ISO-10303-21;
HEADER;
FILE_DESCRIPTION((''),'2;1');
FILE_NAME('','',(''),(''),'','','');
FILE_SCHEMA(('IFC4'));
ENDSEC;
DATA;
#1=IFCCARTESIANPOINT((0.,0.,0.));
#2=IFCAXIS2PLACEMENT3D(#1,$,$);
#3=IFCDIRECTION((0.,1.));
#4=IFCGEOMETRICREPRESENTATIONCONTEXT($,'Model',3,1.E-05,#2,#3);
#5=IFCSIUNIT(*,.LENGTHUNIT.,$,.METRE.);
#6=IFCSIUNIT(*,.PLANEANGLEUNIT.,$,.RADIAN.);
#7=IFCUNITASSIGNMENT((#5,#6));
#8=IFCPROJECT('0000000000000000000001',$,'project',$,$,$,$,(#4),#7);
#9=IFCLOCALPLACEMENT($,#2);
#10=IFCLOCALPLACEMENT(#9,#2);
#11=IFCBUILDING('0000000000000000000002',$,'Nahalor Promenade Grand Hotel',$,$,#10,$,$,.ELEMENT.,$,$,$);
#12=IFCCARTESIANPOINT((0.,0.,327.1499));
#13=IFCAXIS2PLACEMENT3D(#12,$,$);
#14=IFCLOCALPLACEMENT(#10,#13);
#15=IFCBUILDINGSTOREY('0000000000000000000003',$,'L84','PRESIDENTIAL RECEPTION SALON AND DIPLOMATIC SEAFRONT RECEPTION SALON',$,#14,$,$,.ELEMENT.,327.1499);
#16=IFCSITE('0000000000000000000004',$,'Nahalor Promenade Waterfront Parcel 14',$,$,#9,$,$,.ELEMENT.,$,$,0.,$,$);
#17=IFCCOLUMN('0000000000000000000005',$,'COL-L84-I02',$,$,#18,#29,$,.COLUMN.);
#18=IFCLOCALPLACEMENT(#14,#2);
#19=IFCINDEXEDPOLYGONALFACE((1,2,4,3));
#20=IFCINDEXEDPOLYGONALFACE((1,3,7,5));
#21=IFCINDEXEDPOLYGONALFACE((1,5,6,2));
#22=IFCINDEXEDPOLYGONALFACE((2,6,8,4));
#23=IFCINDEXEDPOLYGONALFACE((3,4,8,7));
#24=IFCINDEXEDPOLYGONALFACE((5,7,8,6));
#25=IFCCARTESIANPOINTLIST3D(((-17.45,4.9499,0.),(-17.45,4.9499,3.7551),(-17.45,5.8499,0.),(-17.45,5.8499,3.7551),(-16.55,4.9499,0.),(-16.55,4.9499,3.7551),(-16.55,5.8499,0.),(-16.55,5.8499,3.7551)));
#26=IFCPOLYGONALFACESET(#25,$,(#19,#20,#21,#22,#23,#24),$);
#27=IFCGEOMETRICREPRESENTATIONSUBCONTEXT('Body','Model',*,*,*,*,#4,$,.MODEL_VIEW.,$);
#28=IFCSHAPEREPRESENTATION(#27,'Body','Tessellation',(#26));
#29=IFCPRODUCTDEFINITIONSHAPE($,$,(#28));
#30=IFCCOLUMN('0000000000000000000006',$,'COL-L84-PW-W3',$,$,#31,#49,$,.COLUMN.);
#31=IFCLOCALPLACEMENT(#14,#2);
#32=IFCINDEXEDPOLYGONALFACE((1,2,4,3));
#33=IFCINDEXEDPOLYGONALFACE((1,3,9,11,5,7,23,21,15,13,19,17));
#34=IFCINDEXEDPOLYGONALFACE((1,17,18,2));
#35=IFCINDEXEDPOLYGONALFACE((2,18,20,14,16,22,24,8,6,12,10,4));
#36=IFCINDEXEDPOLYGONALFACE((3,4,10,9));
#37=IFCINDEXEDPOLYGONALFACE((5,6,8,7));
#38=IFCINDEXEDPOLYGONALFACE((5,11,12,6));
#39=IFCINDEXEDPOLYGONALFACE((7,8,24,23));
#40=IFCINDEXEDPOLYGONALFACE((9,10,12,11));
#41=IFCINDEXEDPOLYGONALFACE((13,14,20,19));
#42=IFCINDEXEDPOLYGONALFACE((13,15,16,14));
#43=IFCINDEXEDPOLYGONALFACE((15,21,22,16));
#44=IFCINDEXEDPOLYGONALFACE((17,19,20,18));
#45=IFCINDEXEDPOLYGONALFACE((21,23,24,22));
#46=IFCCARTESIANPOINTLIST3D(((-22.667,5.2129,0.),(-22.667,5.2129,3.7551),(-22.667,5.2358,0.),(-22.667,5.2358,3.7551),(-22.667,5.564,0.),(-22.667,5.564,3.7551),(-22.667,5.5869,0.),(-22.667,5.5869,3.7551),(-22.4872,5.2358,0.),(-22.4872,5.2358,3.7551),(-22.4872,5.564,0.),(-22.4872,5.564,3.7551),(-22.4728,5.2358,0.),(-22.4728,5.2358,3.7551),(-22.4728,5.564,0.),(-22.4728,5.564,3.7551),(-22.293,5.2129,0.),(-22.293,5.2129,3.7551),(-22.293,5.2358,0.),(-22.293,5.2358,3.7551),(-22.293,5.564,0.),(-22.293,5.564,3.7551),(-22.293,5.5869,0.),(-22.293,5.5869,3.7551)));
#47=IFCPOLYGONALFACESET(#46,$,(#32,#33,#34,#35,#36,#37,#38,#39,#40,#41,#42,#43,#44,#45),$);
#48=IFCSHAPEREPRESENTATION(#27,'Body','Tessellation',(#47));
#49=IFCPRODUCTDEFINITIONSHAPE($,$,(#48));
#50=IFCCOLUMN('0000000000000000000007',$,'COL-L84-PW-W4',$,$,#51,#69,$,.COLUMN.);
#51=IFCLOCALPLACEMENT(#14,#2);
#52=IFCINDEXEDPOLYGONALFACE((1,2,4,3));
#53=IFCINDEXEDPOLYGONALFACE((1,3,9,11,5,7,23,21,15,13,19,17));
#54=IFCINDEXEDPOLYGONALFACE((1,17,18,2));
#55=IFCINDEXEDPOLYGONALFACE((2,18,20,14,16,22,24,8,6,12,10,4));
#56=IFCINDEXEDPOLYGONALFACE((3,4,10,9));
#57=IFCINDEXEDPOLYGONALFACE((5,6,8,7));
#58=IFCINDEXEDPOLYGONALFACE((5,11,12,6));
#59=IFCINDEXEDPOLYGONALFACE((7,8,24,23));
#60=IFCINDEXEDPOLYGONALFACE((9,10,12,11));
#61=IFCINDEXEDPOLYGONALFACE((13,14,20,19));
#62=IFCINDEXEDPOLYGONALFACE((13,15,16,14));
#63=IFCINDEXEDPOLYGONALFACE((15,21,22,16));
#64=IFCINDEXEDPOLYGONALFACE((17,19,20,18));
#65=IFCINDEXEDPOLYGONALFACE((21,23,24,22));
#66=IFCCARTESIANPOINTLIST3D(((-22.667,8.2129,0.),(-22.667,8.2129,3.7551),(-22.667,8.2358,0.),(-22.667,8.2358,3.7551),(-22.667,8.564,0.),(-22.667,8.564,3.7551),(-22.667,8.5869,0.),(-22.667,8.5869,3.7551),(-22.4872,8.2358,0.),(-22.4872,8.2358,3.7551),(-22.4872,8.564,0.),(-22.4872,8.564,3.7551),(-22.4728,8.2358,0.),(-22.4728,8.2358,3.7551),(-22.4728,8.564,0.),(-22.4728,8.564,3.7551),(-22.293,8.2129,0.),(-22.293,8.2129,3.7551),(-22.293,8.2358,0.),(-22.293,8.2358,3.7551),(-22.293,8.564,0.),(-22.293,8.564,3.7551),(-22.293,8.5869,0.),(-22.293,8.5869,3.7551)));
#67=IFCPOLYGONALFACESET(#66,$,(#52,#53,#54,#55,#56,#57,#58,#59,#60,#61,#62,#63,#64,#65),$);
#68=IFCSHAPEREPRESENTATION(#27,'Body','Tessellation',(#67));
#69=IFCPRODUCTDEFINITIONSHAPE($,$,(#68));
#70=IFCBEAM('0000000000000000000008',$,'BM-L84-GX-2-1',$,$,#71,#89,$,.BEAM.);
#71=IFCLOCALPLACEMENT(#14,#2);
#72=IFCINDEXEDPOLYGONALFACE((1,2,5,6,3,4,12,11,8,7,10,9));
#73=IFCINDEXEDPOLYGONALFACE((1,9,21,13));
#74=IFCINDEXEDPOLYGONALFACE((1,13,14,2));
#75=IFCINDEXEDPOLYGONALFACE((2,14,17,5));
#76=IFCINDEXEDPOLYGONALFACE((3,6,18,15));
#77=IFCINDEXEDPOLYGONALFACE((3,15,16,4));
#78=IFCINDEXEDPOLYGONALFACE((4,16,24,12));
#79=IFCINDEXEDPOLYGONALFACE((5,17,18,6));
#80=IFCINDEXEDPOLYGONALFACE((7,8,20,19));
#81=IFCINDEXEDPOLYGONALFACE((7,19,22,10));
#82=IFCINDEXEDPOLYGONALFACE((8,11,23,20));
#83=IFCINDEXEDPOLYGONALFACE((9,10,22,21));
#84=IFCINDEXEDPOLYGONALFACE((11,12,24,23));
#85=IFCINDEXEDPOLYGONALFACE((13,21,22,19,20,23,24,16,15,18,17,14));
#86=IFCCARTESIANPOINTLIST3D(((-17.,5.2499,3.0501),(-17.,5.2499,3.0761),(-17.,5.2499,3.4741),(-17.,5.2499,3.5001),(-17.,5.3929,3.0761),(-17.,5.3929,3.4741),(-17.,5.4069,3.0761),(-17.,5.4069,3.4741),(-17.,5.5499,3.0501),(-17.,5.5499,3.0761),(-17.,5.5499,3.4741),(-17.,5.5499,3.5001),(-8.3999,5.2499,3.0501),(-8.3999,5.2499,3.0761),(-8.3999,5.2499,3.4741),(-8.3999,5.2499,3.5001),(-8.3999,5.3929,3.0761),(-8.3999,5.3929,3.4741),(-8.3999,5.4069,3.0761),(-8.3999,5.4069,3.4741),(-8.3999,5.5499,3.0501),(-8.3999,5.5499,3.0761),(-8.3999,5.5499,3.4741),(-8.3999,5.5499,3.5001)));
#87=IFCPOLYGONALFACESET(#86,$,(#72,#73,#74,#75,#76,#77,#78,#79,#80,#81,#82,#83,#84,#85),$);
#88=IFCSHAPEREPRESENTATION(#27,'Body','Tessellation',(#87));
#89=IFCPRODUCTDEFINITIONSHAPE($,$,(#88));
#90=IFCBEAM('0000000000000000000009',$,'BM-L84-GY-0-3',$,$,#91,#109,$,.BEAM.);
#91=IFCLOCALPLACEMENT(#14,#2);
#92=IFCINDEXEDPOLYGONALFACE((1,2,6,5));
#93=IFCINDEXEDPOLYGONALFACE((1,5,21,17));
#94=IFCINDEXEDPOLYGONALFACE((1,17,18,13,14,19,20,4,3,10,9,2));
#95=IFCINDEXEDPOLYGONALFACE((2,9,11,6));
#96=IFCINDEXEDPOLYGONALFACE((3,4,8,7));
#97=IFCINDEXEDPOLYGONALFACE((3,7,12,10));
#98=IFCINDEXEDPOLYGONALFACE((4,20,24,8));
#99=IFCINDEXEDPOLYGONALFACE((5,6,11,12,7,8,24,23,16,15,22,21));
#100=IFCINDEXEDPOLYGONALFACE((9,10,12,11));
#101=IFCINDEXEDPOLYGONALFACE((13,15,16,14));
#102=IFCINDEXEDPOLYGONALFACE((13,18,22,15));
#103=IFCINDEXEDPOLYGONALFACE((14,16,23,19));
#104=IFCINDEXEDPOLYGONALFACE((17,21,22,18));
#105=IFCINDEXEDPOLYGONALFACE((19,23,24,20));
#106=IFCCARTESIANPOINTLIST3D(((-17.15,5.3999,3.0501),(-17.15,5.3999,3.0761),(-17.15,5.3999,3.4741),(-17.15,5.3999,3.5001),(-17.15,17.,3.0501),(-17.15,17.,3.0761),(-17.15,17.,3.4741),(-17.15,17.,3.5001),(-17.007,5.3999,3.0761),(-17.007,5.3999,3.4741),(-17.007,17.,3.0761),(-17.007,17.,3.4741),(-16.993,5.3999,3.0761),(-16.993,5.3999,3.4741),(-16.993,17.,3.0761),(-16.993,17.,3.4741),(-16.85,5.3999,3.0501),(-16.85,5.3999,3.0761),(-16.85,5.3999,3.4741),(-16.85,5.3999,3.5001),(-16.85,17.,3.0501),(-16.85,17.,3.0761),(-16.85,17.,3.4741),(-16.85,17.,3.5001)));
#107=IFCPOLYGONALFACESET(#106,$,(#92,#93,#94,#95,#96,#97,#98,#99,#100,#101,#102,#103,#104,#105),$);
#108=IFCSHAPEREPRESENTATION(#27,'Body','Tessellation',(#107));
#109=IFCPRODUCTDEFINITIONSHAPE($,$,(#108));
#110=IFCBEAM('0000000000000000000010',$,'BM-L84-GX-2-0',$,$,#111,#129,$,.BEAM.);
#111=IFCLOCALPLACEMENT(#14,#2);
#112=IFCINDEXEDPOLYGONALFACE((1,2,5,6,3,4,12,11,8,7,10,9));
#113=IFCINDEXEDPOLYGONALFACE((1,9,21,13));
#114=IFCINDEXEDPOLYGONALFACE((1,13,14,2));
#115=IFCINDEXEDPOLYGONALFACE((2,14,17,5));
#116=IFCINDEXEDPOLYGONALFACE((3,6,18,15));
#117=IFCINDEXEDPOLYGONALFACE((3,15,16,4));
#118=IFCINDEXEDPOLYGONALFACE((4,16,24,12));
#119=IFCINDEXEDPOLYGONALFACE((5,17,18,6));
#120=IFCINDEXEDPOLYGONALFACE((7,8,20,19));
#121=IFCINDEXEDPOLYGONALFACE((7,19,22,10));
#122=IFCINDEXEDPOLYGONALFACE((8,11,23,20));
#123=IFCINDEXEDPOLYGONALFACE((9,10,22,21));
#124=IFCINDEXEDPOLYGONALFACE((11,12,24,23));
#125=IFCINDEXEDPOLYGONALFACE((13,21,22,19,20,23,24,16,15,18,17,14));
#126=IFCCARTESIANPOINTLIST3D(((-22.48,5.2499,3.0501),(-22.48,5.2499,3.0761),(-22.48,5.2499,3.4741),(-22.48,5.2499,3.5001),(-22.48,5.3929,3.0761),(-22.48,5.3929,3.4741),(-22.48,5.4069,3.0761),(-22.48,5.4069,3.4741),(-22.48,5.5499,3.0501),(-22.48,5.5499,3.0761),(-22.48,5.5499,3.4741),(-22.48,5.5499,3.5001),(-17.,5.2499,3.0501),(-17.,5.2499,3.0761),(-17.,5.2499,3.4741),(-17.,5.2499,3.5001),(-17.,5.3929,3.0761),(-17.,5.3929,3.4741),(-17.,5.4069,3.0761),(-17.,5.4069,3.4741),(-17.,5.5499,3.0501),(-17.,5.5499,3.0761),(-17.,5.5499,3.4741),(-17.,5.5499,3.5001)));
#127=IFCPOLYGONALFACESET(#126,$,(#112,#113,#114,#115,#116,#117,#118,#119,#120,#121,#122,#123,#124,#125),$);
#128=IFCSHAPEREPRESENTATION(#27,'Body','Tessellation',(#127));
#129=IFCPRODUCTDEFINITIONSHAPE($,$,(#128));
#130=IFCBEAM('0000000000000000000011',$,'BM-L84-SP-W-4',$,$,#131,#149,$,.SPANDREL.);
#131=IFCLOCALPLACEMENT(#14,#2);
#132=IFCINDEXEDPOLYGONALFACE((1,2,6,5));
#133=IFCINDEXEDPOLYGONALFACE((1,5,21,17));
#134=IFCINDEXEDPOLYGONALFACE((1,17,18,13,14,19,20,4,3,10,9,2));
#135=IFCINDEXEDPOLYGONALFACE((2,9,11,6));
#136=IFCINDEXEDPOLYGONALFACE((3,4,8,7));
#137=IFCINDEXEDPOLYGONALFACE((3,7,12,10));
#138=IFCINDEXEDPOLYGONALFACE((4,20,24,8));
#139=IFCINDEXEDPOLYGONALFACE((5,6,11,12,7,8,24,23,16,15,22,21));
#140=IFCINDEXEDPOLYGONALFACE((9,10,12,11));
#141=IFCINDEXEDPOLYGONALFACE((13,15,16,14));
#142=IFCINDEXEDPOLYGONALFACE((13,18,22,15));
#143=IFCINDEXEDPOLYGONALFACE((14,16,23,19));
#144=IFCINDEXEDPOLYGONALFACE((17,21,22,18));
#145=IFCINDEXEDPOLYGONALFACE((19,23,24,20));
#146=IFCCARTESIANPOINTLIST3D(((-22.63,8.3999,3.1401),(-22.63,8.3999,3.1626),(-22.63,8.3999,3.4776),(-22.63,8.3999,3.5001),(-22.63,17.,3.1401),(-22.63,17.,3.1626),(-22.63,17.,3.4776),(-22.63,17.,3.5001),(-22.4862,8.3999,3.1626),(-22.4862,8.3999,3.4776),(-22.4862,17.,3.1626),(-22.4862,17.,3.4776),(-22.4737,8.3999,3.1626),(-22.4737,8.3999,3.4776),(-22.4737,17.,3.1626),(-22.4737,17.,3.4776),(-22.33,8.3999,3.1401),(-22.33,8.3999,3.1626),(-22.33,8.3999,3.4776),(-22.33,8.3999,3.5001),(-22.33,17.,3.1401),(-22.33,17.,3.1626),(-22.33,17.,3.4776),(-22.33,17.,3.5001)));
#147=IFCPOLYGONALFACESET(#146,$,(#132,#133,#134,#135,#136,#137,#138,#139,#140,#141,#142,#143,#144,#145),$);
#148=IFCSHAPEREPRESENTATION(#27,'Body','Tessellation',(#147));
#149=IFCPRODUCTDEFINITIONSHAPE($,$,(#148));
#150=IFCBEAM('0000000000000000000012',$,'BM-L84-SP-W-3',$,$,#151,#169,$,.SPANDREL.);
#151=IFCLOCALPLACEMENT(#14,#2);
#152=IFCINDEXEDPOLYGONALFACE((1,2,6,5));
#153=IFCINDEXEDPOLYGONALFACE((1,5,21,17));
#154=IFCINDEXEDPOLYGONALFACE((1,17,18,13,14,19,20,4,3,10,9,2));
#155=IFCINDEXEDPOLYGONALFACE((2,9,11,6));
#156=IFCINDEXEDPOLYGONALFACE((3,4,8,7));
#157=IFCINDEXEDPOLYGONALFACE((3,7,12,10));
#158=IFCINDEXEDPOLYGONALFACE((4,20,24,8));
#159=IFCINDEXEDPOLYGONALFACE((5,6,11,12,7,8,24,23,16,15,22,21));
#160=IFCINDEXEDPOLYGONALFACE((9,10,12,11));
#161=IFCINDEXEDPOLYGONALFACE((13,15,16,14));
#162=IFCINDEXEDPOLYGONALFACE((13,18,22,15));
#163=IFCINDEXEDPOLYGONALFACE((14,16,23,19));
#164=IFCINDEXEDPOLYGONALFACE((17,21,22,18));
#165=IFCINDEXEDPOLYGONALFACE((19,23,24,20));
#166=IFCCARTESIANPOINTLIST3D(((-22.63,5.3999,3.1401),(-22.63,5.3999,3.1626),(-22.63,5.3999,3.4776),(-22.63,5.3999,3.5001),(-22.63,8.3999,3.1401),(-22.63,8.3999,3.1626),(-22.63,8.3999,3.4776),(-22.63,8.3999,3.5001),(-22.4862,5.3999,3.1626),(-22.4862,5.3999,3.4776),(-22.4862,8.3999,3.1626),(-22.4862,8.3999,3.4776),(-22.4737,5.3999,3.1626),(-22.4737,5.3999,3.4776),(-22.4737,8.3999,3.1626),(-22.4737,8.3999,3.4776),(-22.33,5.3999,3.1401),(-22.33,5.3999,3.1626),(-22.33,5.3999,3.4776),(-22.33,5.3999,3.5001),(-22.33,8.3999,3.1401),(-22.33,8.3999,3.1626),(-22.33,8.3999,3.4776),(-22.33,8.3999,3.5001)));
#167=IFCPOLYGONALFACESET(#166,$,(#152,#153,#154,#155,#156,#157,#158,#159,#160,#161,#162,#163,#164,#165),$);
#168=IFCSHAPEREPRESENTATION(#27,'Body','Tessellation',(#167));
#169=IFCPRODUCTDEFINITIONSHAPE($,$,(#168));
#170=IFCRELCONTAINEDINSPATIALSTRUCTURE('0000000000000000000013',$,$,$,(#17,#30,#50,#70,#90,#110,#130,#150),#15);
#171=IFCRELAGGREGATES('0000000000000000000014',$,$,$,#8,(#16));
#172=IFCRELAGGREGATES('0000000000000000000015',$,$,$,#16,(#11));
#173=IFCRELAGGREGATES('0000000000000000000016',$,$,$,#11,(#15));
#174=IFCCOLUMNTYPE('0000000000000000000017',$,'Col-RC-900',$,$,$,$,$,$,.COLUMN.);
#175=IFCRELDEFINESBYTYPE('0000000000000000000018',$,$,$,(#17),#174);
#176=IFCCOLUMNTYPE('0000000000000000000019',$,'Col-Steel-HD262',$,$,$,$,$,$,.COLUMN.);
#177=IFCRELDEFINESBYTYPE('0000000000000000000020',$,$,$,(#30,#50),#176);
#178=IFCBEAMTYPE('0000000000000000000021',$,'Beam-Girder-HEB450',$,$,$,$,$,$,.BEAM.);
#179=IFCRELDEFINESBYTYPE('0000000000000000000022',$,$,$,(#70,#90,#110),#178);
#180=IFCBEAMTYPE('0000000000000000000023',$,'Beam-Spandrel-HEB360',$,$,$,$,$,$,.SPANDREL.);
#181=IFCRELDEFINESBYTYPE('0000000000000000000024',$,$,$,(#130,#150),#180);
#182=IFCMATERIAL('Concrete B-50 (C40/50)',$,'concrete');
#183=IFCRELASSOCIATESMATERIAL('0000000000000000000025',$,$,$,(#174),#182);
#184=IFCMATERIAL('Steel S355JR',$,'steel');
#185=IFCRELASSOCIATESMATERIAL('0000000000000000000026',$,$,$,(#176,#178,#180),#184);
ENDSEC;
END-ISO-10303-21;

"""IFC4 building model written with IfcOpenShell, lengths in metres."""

from ifc_helpers import new_model, si_unit, direction, frame, origin, origin_2d, place, context, subcontext, project, spatial, rectangle, i_section, extrude, source, transform, mapped, material, material_profile, profile_set, type_object, element, save


model = new_model("IFC4")

# Units and contexts
model_context = context("Model", 3, precision=1e-05, world=origin(), true_north=direction((0.0, 1.0)))
body_context = subcontext(model_context, "Body", "Model", "MODEL_VIEW")
ifc_project = project(units=[si_unit("LENGTHUNIT", "METRE"), si_unit("PLANEANGLEUNIT", "RADIAN")], contexts=[model_context])

# Site, building, storey
site_placement = place(None, origin())
site = spatial("IfcSite", under=ifc_project, at=site_placement, Name="Nahalor Promenade Waterfront Parcel 14", CompositionType="ELEMENT", RefElevation=0.0)
building_placement = place(site_placement, origin())
building = spatial("IfcBuilding", under=site, at=building_placement, Name="Nahalor Promenade Grand Hotel", CompositionType="ELEMENT")
storey_placement = place(building_placement, frame((0.0, 0.0, 327.1499)))
storey = spatial("IfcBuildingStorey", under=building, at=storey_placement, Name="L84", Description="PRESIDENTIAL RECEPTION SALON AND DIPLOMATIC SEAFRONT RECEPTION SALON", CompositionType="ELEMENT", Elevation=327.1499)

# Columns
ifc_material_1 = material(Name="Concrete B-50 (C40/50)", Category="concrete")
ifc_material_profile_1 = material_profile(ifc_material_1, rectangle(XDim=0.9, YDim=0.9, at=origin_2d()), Name="RC 900x900")
ifc_profile_set_1 = profile_set([ifc_material_profile_1], Name="Concrete B-50 (C40/50)")
column_type_1 = type_object("IfcColumnType", Name="Col-RC-900", PredefinedType="COLUMN", material=ifc_profile_set_1)
shared_shape_1 = source(origin(), body_context, "Body", "SweptSolid", [
    extrude(rectangle(XDim=0.9, YDim=0.9, at=origin_2d()), origin(), (0.0, 0.0, 1.0), 3.7551),
])
column_placement = place(storey_placement, frame((-17.0, 5.3999, 0.0), z_axis=(0.0, 0.0, 1.0), x_axis=(1.0, 0.0, 0.0)))
element("IfcColumn", 1, at=column_placement, inside=storey, type_object=column_type_1, Name="COL-L84-I02", PredefinedType="COLUMN", context=body_context, shape_type="MappedRepresentation", body=[
    mapped(shared_shape_1, transform((0.0, 0.0, 0.0), scale=1.0)),
])
ifc_material_2 = material(Name="Steel S355JR", Category="steel")
ifc_material_profile_2 = material_profile(ifc_material_2, i_section(OverallWidth=0.374, OverallDepth=0.374, WebThickness=0.0144, FlangeThickness=0.0229, at=origin_2d()), Name="HD 360x262")
ifc_profile_set_2 = profile_set([ifc_material_profile_2], Name="Steel S355JR")
column_type_2 = type_object("IfcColumnType", Name="Col-Steel-HD262", PredefinedType="COLUMN", material=ifc_profile_set_2)
shared_shape_2 = source(origin(), body_context, "Body", "SweptSolid", [
    extrude(i_section(OverallWidth=0.374, OverallDepth=0.374, WebThickness=0.0144, FlangeThickness=0.0229, at=origin_2d()), origin(), (0.0, 0.0, 1.0), 3.7551),
])
for number, where, z_axis, x_axis, name in (
    (2, (-22.48, 5.3999, 0.0), (0.0, 0.0, 1.0), (1.0, 0.0, 0.0), "COL-L84-PW-W3"),
    (3, (-22.48, 8.3999, 0.0), (0.0, 0.0, 1.0), (1.0, 0.0, 0.0), "COL-L84-PW-W4"),
):
    element("IfcColumn", number, at=place(storey_placement, frame(where, z_axis=z_axis, x_axis=x_axis)), inside=storey, type_object=column_type_2, Name=name, PredefinedType="COLUMN", context=body_context, shape_type="MappedRepresentation", body=[
        mapped(shared_shape_2, transform((0.0, 0.0, 0.0), scale=1.0)),
    ])

# Beams
ifc_material_profile_3 = material_profile(ifc_material_2, i_section(OverallWidth=0.3, OverallDepth=0.45, WebThickness=0.014, FlangeThickness=0.026, at=origin_2d()), Name="HEB 450")
ifc_profile_set_3 = profile_set([ifc_material_profile_3], Name="Steel S355JR")
beam_type_1 = type_object("IfcBeamType", Name="Beam-Girder-HEB450", PredefinedType="BEAM", material=ifc_profile_set_3)
shared_shape_3 = source(origin(), body_context, "Body", "SweptSolid", [
    extrude(i_section(OverallWidth=0.3, OverallDepth=0.45, WebThickness=0.014, FlangeThickness=0.026, at=origin_2d()), origin(), (0.0, 0.0, 1.0), 8.6001),
])
beam_1_placement = place(storey_placement, frame((-17.0, 5.3999, 3.2751), z_axis=(1.0, 0.0, 0.0), x_axis=(0.0, 1.0, 0.0)))
element("IfcBeam", 4, at=beam_1_placement, inside=storey, type_object=beam_type_1, Name="BM-L84-GX-2-1", PredefinedType="BEAM", context=body_context, shape_type="MappedRepresentation", body=[
    mapped(shared_shape_3, transform((0.0, 0.0, 0.0), scale=1.0)),
])
shared_shape_4 = source(origin(), body_context, "Body", "SweptSolid", [
    extrude(i_section(OverallWidth=0.3, OverallDepth=0.45, WebThickness=0.014, FlangeThickness=0.026, at=origin_2d()), origin(), (0.0, 0.0, 1.0), 11.6001),
])
beam_2_placement = place(storey_placement, frame((-17.0, 5.3999, 3.2751), z_axis=(0.0, 1.0, 0.0), x_axis=(-1.0, 0.0, 0.0)))
element("IfcBeam", 5, at=beam_2_placement, inside=storey, type_object=beam_type_1, Name="BM-L84-GY-0-3", PredefinedType="BEAM", context=body_context, shape_type="MappedRepresentation", body=[
    mapped(shared_shape_4, transform((0.0, 0.0, 0.0), scale=1.0)),
])
shared_shape_5 = source(origin(), body_context, "Body", "SweptSolid", [
    extrude(i_section(OverallWidth=0.3, OverallDepth=0.45, WebThickness=0.014, FlangeThickness=0.026, at=origin_2d()), origin(), (0.0, 0.0, 1.0), 5.48),
])
beam_3_placement = place(storey_placement, frame((-22.48, 5.3999, 3.2751), z_axis=(1.0, 0.0, 0.0), x_axis=(0.0, 1.0, 0.0)))
element("IfcBeam", 6, at=beam_3_placement, inside=storey, type_object=beam_type_1, Name="BM-L84-GX-2-0", PredefinedType="BEAM", context=body_context, shape_type="MappedRepresentation", body=[
    mapped(shared_shape_5, transform((0.0, 0.0, 0.0), scale=1.0)),
])
ifc_material_profile_4 = material_profile(ifc_material_2, i_section(OverallWidth=0.3, OverallDepth=0.36, WebThickness=0.0125, FlangeThickness=0.0225, at=origin_2d()), Name="HEB 360")
ifc_profile_set_4 = profile_set([ifc_material_profile_4], Name="Steel S355JR")
beam_type_2 = type_object("IfcBeamType", Name="Beam-Spandrel-HEB360", PredefinedType="SPANDREL", material=ifc_profile_set_4)
shared_shape_6 = source(origin(), body_context, "Body", "SweptSolid", [
    extrude(i_section(OverallWidth=0.3, OverallDepth=0.36, WebThickness=0.0125, FlangeThickness=0.0225, at=origin_2d()), origin(), (0.0, 0.0, 1.0), 8.6001),
])
beam_4_placement = place(storey_placement, frame((-22.48, 8.3999, 3.3201), z_axis=(0.0, 1.0, 0.0), x_axis=(-1.0, 0.0, 0.0)))
element("IfcBeam", 7, at=beam_4_placement, inside=storey, type_object=beam_type_2, Name="BM-L84-SP-W-4", PredefinedType="SPANDREL", context=body_context, shape_type="MappedRepresentation", body=[
    mapped(shared_shape_6, transform((0.0, 0.0, 0.0), scale=1.0)),
])
shared_shape_7 = source(origin(), body_context, "Body", "SweptSolid", [
    extrude(i_section(OverallWidth=0.3, OverallDepth=0.36, WebThickness=0.0125, FlangeThickness=0.0225, at=origin_2d()), origin(), (0.0, 0.0, 1.0), 3.0),
])
beam_5_placement = place(storey_placement, frame((-22.48, 5.3999, 3.3201), z_axis=(0.0, 1.0, 0.0), x_axis=(-1.0, 0.0, 0.0)))
element("IfcBeam", 8, at=beam_5_placement, inside=storey, type_object=beam_type_2, Name="BM-L84-SP-W-3", PredefinedType="SPANDREL", context=body_context, shape_type="MappedRepresentation", body=[
    mapped(shared_shape_7, transform((0.0, 0.0, 0.0), scale=1.0)),
])

save(model, "model.ifc")
